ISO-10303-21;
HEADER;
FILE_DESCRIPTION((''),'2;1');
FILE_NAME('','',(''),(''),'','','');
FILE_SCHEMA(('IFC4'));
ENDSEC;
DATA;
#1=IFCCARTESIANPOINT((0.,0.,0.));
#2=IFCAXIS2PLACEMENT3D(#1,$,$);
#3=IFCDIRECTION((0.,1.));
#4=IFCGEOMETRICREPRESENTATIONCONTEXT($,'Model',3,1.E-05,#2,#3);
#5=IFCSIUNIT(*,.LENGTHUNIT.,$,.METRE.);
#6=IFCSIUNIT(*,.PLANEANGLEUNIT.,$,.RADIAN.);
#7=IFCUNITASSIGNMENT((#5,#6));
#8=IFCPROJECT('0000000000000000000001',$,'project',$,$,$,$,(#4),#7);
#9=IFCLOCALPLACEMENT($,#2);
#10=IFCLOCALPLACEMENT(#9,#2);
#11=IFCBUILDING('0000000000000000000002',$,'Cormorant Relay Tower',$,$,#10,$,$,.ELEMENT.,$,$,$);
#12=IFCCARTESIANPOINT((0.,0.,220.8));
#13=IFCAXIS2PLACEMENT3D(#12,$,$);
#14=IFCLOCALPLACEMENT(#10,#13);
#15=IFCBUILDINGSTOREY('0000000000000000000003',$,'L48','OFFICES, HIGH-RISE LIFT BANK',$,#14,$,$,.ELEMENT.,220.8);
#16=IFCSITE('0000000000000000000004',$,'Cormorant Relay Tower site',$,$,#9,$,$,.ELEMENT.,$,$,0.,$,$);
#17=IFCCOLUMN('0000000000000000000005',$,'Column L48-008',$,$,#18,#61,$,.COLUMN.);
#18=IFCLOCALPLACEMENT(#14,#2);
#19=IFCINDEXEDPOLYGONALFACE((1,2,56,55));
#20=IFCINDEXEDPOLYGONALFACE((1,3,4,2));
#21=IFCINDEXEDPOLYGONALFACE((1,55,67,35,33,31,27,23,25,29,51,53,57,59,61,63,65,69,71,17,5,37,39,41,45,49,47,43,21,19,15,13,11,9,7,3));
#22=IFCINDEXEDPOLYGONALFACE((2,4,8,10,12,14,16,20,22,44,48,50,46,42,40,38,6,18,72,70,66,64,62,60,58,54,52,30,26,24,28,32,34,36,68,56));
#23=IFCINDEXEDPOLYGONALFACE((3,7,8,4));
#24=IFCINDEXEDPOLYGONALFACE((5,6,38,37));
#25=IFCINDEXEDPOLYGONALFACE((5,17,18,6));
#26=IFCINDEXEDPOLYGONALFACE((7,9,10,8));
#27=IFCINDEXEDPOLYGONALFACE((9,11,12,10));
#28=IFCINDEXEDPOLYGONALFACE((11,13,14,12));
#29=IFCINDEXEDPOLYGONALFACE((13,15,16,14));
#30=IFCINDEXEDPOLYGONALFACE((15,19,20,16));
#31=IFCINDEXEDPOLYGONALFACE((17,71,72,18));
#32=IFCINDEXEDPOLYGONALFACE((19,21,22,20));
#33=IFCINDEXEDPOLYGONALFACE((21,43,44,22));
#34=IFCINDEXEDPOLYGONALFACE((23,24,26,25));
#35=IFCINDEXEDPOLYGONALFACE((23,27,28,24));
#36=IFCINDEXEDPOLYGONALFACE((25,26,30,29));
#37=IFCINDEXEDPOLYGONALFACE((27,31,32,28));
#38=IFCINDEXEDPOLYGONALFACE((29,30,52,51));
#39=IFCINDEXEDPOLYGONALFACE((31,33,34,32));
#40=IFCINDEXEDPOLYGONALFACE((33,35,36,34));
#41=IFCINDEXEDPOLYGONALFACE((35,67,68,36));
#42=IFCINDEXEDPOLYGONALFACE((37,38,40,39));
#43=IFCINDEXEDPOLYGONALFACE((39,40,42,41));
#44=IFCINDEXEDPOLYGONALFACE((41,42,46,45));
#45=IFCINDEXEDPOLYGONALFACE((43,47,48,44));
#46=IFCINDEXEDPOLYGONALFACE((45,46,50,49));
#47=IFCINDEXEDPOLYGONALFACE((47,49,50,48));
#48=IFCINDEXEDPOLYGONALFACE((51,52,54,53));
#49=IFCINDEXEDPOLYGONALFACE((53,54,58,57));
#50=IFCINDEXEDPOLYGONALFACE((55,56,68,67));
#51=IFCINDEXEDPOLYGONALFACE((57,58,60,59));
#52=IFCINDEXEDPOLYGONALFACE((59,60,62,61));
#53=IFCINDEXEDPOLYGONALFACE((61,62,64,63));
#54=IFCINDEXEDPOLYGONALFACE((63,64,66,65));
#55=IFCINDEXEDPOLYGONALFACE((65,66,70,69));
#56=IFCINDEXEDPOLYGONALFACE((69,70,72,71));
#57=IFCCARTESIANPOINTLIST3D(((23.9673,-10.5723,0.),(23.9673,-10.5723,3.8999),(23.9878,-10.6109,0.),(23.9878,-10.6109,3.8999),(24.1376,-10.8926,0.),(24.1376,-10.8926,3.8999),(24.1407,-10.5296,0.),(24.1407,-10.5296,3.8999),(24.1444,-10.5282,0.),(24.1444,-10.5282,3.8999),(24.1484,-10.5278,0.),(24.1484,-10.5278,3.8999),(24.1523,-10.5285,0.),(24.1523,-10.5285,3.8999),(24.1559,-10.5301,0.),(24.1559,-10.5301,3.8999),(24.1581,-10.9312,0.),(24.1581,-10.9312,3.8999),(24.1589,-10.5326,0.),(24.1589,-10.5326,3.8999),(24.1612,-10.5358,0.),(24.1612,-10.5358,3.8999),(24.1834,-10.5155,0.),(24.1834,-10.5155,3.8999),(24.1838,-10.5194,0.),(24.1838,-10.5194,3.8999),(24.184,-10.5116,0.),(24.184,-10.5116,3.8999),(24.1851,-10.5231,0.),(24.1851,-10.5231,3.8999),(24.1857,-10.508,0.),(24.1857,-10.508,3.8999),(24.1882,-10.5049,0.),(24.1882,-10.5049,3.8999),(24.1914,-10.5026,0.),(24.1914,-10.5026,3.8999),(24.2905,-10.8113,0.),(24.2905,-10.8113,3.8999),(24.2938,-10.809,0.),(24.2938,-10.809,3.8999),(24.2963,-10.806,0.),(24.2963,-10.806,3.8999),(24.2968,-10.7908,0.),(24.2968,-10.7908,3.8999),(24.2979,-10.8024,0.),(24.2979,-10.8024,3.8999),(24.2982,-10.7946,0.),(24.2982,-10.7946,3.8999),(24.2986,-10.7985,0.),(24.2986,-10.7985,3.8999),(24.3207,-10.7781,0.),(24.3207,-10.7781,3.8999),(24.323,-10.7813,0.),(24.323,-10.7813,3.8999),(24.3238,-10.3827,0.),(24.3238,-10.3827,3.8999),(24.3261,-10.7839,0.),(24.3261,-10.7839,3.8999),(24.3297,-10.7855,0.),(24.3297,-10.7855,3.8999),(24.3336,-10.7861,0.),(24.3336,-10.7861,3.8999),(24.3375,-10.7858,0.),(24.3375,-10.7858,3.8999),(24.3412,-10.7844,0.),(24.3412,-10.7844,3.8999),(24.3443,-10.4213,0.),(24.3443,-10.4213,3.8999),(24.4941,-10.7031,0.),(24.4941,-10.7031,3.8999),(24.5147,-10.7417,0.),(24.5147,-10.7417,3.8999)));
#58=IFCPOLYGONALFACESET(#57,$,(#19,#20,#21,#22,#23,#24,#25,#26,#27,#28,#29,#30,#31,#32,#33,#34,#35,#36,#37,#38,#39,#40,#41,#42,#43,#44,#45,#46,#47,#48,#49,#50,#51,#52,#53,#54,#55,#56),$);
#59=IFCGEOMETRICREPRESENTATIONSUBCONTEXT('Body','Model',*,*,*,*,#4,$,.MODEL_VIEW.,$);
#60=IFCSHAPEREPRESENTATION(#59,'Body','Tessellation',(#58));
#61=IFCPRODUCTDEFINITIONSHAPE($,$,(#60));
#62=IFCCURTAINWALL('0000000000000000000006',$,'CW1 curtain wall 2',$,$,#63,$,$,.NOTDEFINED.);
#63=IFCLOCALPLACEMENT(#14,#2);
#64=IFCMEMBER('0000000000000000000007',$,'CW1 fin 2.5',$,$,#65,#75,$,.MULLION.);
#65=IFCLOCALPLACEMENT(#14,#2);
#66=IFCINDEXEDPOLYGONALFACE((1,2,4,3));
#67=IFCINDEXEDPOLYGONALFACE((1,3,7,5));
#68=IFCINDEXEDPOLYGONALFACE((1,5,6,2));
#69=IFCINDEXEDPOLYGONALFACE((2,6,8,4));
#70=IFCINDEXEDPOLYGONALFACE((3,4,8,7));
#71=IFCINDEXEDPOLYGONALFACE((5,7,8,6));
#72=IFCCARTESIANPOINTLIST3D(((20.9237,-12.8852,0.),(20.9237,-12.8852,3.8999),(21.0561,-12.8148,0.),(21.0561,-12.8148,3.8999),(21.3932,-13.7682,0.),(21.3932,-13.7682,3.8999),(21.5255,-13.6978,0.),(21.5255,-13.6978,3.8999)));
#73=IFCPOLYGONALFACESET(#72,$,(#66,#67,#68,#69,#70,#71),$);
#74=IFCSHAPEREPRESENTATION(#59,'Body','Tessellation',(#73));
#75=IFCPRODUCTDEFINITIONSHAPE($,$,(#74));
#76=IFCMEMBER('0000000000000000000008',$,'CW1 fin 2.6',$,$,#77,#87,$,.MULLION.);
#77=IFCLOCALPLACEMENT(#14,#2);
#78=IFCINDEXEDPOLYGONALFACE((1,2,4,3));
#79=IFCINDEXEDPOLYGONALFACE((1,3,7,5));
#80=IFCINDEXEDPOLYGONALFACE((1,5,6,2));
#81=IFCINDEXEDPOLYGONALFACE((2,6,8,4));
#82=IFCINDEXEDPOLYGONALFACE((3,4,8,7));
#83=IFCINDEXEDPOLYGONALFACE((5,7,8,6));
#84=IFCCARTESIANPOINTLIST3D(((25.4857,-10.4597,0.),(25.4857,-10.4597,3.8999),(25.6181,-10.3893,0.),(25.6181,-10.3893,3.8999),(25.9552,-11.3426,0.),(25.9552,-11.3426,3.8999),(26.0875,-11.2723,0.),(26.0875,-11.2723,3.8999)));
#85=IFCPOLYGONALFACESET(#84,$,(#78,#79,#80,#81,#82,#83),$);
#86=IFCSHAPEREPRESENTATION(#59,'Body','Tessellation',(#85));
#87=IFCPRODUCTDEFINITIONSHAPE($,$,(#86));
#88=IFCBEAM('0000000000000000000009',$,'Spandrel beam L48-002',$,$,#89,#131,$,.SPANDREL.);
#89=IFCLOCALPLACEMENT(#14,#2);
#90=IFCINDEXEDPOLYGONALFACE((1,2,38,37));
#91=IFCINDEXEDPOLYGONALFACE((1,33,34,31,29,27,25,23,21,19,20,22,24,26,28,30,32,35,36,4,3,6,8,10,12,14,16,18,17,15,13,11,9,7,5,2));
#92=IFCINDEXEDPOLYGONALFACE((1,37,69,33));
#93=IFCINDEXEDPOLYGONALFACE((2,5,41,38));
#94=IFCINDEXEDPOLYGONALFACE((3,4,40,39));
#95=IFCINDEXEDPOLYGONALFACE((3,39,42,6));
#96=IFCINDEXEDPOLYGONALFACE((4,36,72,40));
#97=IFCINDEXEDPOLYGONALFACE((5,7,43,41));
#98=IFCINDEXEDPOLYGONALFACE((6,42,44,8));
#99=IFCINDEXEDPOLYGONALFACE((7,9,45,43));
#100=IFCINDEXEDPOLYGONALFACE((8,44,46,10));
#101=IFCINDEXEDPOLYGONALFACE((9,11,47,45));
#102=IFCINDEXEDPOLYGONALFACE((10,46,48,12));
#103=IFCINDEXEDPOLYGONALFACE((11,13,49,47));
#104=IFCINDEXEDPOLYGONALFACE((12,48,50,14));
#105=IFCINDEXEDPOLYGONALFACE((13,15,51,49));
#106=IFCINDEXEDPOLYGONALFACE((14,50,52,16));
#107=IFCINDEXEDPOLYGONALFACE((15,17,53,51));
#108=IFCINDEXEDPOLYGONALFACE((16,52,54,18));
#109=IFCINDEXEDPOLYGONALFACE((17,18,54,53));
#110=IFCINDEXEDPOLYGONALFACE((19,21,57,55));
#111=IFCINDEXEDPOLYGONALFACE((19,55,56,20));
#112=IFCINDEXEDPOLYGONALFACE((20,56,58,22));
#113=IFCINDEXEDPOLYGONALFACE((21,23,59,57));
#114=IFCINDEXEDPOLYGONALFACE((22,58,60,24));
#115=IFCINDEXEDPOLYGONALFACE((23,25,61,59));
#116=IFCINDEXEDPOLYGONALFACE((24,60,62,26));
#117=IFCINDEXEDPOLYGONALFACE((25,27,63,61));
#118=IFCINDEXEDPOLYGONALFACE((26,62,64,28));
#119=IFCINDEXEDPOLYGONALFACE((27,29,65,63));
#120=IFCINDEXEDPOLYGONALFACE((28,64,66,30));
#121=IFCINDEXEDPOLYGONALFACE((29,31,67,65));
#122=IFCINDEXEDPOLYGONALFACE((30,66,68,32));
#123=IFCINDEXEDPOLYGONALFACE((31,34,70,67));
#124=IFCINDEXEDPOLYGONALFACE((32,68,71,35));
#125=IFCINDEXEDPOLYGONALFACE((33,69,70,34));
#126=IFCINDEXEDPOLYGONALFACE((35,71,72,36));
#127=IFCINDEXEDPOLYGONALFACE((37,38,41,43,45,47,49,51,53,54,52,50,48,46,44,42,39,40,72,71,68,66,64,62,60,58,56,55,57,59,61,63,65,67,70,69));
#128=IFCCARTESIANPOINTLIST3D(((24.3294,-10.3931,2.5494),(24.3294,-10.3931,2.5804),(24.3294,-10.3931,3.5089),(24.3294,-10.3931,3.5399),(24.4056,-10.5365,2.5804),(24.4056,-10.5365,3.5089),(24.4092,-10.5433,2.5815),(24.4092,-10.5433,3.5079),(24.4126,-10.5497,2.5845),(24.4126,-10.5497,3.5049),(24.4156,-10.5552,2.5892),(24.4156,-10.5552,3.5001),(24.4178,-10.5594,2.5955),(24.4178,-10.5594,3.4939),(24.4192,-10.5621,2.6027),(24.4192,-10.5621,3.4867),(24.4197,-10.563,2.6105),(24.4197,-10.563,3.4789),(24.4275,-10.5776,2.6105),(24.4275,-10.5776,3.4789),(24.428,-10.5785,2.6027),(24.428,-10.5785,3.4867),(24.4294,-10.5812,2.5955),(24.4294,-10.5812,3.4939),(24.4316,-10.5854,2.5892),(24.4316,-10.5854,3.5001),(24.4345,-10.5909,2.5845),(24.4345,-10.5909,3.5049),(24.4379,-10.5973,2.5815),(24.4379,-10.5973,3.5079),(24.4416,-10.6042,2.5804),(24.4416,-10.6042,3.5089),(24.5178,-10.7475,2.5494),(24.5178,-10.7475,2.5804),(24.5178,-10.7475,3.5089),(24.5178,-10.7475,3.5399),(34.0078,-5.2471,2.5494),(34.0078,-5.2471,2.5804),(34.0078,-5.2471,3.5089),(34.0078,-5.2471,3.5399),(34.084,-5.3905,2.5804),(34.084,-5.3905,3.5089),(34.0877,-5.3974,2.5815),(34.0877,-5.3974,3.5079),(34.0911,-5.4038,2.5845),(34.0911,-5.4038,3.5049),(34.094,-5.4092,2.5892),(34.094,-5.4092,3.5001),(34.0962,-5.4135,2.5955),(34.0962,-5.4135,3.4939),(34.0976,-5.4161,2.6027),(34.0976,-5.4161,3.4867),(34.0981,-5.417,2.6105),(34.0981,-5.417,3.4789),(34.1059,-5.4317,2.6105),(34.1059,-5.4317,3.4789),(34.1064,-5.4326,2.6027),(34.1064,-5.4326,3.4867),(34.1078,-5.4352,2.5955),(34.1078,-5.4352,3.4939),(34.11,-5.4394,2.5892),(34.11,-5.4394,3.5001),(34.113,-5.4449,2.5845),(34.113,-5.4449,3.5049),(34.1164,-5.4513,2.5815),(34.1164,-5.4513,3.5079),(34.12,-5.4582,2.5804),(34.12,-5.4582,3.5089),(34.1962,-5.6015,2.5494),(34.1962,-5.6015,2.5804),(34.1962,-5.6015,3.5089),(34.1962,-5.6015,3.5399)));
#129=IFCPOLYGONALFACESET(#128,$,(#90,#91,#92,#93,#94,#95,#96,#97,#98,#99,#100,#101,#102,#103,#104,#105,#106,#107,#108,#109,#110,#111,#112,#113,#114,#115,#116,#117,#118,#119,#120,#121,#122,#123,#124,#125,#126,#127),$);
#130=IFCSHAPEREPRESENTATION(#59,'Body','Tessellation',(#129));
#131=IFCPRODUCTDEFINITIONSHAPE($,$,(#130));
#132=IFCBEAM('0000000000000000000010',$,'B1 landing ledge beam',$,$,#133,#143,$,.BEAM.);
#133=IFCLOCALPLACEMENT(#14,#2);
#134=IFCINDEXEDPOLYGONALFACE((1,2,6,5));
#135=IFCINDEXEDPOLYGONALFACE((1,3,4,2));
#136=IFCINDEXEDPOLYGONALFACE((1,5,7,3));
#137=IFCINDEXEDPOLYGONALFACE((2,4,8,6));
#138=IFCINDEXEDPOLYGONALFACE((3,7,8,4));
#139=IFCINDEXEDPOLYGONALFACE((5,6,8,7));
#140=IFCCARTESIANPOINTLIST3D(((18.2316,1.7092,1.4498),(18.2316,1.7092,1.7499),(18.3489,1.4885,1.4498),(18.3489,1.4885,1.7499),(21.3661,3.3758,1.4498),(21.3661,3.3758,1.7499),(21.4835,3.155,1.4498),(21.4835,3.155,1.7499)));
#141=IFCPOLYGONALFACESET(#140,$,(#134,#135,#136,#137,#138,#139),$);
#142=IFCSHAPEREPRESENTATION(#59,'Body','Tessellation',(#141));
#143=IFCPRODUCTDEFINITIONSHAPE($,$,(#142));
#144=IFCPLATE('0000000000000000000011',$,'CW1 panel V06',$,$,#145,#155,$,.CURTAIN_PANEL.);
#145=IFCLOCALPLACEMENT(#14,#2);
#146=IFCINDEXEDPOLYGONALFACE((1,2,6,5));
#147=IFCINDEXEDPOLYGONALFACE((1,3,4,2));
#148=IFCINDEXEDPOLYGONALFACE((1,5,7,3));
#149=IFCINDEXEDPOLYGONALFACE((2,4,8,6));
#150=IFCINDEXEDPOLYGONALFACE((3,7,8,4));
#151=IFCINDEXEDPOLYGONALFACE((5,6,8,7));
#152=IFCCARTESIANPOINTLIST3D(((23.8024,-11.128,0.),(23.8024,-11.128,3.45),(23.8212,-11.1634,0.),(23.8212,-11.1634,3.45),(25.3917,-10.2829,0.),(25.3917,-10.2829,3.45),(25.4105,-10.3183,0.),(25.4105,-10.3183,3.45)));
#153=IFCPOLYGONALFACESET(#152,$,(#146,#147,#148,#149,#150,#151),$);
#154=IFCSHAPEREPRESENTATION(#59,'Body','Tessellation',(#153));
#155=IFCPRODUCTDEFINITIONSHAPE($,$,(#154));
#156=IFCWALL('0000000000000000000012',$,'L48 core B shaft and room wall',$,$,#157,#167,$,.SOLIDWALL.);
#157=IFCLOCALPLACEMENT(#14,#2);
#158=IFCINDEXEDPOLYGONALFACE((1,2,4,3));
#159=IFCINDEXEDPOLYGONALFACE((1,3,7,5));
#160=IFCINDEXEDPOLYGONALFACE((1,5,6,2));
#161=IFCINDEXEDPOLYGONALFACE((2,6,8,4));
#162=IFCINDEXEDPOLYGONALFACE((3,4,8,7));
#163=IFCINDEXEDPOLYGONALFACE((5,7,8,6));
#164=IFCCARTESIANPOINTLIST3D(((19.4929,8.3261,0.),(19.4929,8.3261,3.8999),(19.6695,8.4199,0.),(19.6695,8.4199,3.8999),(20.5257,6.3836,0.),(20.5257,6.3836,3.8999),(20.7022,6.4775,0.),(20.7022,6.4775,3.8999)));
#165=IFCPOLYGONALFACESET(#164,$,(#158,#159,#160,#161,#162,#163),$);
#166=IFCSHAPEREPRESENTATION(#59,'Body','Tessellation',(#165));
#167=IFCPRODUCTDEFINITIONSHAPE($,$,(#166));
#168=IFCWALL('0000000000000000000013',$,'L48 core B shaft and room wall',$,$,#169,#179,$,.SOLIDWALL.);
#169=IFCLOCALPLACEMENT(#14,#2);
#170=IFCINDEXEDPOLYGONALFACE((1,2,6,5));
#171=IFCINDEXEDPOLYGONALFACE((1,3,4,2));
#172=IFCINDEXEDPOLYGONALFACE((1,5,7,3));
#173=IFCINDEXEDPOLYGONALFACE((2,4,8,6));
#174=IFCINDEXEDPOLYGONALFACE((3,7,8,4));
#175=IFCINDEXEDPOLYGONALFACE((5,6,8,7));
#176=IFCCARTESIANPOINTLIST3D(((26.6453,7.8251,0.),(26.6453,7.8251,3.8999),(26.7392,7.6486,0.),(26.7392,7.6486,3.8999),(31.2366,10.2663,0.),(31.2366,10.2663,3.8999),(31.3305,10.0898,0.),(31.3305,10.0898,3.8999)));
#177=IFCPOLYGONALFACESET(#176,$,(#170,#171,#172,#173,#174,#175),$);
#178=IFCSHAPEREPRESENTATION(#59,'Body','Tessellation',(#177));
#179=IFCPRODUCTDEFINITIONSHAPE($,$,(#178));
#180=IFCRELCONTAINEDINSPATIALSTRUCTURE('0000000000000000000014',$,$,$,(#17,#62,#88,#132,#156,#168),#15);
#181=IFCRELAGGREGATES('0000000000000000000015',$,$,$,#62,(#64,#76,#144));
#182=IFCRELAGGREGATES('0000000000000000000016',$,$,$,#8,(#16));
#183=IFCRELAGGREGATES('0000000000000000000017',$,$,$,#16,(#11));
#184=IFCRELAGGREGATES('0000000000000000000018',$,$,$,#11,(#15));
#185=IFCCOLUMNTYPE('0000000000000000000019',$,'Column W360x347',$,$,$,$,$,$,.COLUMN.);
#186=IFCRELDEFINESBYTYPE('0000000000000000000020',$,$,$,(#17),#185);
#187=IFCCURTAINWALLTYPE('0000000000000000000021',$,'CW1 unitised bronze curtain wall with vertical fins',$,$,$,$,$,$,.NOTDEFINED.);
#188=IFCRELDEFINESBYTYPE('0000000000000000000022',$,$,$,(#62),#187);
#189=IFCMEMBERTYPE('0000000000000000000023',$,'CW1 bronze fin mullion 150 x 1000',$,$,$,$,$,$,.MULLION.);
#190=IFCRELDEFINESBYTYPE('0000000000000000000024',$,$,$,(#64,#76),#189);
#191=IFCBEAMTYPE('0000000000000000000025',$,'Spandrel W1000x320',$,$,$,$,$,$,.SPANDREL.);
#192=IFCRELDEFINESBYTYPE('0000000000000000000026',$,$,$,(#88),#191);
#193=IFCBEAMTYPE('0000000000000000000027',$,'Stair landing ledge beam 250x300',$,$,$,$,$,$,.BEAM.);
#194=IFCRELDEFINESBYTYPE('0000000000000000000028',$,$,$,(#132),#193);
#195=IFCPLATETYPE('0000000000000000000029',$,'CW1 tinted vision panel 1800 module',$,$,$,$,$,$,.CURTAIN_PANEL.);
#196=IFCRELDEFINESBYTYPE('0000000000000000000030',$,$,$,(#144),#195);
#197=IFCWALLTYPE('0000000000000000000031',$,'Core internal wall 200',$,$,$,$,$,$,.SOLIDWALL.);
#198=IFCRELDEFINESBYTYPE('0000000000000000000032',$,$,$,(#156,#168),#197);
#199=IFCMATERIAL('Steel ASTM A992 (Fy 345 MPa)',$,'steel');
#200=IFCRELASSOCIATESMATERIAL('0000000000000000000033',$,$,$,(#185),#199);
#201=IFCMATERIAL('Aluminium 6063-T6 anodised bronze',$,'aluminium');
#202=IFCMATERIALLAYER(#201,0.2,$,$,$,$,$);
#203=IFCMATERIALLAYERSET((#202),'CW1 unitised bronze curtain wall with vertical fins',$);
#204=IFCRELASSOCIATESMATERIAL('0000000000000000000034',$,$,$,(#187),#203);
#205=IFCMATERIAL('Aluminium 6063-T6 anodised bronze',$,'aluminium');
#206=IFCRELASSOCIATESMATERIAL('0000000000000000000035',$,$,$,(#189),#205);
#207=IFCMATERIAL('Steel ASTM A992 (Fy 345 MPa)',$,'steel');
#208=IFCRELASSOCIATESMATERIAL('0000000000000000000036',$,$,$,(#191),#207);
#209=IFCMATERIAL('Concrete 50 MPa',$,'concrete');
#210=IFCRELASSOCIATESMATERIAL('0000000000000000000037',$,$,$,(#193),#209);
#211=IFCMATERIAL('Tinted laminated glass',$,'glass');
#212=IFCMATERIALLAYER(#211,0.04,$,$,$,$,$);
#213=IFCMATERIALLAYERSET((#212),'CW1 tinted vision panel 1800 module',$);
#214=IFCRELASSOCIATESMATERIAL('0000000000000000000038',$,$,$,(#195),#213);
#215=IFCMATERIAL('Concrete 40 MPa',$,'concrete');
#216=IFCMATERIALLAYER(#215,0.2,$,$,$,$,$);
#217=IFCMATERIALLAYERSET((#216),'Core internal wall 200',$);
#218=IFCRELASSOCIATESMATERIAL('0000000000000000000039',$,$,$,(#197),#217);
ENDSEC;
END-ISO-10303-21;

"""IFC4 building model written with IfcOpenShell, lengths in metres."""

from ifc_helpers import new_model, si_unit, direction, frame, frame_2d, origin, origin_2d, place, context, subcontext, project, spatial, rectangle, i_section, extrude, material, layer, layer_set, material_profile, profile_set, type_object, element, aggregate, save


model = new_model("IFC4")

# Units and contexts
model_context = context("Model", 3, precision=1e-05, world=origin(), true_north=direction((0.0, 1.0)))
body_context = subcontext(model_context, "Body", "Model", "MODEL_VIEW")
ifc_project = project(units=[si_unit("LENGTHUNIT", "METRE"), si_unit("PLANEANGLEUNIT", "RADIAN")], contexts=[model_context])

# Site, building, storey
site_placement = place(None, origin())
site = spatial("IfcSite", under=ifc_project, at=site_placement, Name="Cormorant Relay Tower site", CompositionType="ELEMENT", RefElevation=0.0)
building_placement = place(site_placement, origin())
building = spatial("IfcBuilding", under=site, at=building_placement, Name="Cormorant Relay Tower", CompositionType="ELEMENT")
storey_placement = place(building_placement, frame((0.0, 0.0, 220.8)))
storey = spatial("IfcBuildingStorey", under=building, at=storey_placement, Name="L48", Description="OFFICES, HIGH-RISE LIFT BANK", CompositionType="ELEMENT", Elevation=220.8)

# Column
ifc_material_1 = material(Name="Steel ASTM A992 (Fy 345 MPa)", Category="steel")
ifc_material_profile_1 = material_profile(ifc_material_1, i_section(OverallWidth=0.4038, OverallDepth=0.4065, WebThickness=0.0271, FlangeThickness=0.0437, FilletRadius=0.0151, at=origin_2d()), Name="W360x347")
ifc_profile_set_1 = profile_set([ifc_material_profile_1], Name="Steel ASTM A992 (Fy 345 MPa)")
column_type = type_object("IfcColumnType", Name="Column W360x347", PredefinedType="COLUMN", material=ifc_profile_set_1)
column_placement = place(storey_placement, frame((24.241, -10.657, 0.0), z_axis=(0.0, 0.0, 1.0), x_axis=(0.882948, 0.469472, 0.0)))
element("IfcColumn", 1, at=column_placement, inside=storey, type_object=column_type, Name="Column L48-008", PredefinedType="COLUMN", context=body_context, shape_type="SweptSolid", body=[
    extrude(i_section(OverallWidth=0.4038, OverallDepth=0.4065, WebThickness=0.0271, FlangeThickness=0.0437, FilletRadius=0.0151, at=origin_2d()), origin(), (0.0, 0.0, 1.0), 3.8999),
])

# Curtain wall, members
ifc_material_2 = material(Name="Aluminium 6063-T6 anodised bronze", Category="aluminium")
ifc_layer_1 = layer(ifc_material_2, 0.2)
ifc_layer_set_1 = layer_set([ifc_layer_1], Name="CW1 unitised bronze curtain wall with vertical fins")
curtain_wall_type = type_object("IfcCurtainWallType", Name="CW1 unitised bronze curtain wall with vertical fins", PredefinedType="NOTDEFINED", material=ifc_layer_set_1)
curtain_wall_placement = place(storey_placement, origin())
curtain_wall = element("IfcCurtainWall", 2, at=curtain_wall_placement, inside=storey, type_object=curtain_wall_type, Name="CW1 curtain wall 2", PredefinedType="NOTDEFINED")
ifc_material_3 = material(Name="Aluminium 6063-T6 anodised bronze", Category="aluminium")
ifc_material_profile_2 = material_profile(ifc_material_3, rectangle(XDim=0.1499, YDim=1.0, at=origin_2d()), Name="AL 150x1000")
ifc_profile_set_2 = profile_set([ifc_material_profile_2], Name="Aluminium 6063-T6 anodised bronze")
member_type = type_object("IfcMemberType", Name="CW1 bronze fin mullion 150 x 1000", PredefinedType="MULLION", material=ifc_profile_set_2)
member_1_placement = place(storey_placement, frame((21.2246, -13.2915, 0.0), z_axis=(0.0, 0.0, 1.0), x_axis=(0.882948, 0.469472, 0.0)))
member_1 = element("IfcMember", 3, at=member_1_placement, type_object=member_type, Name="CW1 fin 2.5", PredefinedType="MULLION", context=body_context, shape_type="SweptSolid", body=[
    extrude(rectangle(XDim=0.1499, YDim=1.0, at=origin_2d()), origin(), (0.0, 0.0, 1.0), 3.8999),
])
member_2_placement = place(storey_placement, frame((25.7866, -10.866, 0.0), z_axis=(0.0, 0.0, 1.0), x_axis=(0.882948, 0.469472, 0.0)))
member_2 = element("IfcMember", 4, at=member_2_placement, type_object=member_type, Name="CW1 fin 2.6", PredefinedType="MULLION", context=body_context, shape_type="SweptSolid", body=[
    extrude(rectangle(XDim=0.1499, YDim=1.0, at=origin_2d()), origin(), (0.0, 0.0, 1.0), 3.8999),
])

# Beams
ifc_material_4 = material(Name="Steel ASTM A992 (Fy 345 MPa)", Category="steel")
ifc_material_profile_3 = material_profile(ifc_material_4, i_section(OverallWidth=0.4014, OverallDepth=0.9905, WebThickness=0.0166, FlangeThickness=0.031, FilletRadius=0.03, at=origin_2d()), Name="W1000x320")
ifc_profile_set_3 = profile_set([ifc_material_profile_3], Name="Steel ASTM A992 (Fy 345 MPa)")
beam_type_1 = type_object("IfcBeamType", Name="Spandrel W1000x320", PredefinedType="SPANDREL", material=ifc_profile_set_3)
beam_1_placement = place(storey_placement, frame((24.4236, -10.5703, 3.0447), z_axis=(0.882953, 0.469462, 0.0), x_axis=(-0.469462, 0.882953, 0.0)))
element("IfcBeam", 5, at=beam_1_placement, inside=storey, type_object=beam_type_1, Name="Spandrel beam L48-002", PredefinedType="SPANDREL", context=body_context, shape_type="SweptSolid", body=[
    extrude(i_section(OverallWidth=0.4014, OverallDepth=0.9905, WebThickness=0.0166, FlangeThickness=0.031, FilletRadius=0.03, at=origin_2d()), origin(), (0.0, 0.0, 1.0), 10.9614),
])
ifc_material_5 = material(Name="Concrete 50 MPa", Category="concrete")
ifc_material_profile_4 = material_profile(ifc_material_5, rectangle(XDim=0.25, YDim=0.3, at=origin_2d()), Name="RC 250x300")
ifc_profile_set_4 = profile_set([ifc_material_profile_4], Name="Concrete 50 MPa")
beam_type_2 = type_object("IfcBeamType", Name="Stair landing ledge beam 250x300", PredefinedType="BEAM", material=ifc_profile_set_4)
beam_2_placement = place(storey_placement, frame((21.4248, 3.2654, 1.5999), z_axis=(-0.882965, -0.469438, 0.0), x_axis=(0.469438, -0.882965, 0.0)))
element("IfcBeam", 6, at=beam_2_placement, inside=storey, type_object=beam_type_2, Name="B1 landing ledge beam", PredefinedType="BEAM", context=body_context, shape_type="SweptSolid", body=[
    extrude(rectangle(XDim=0.25, YDim=0.3, at=origin_2d()), origin(), (0.0, 0.0, 1.0), 3.55),
])

# Plate
ifc_material_6 = material(Name="Tinted laminated glass", Category="glass")
ifc_layer_2 = layer(ifc_material_6, 0.04)
ifc_layer_set_2 = layer_set([ifc_layer_2], Name="CW1 tinted vision panel 1800 module")
plate_type = type_object("IfcPlateType", Name="CW1 tinted vision panel 1800 module", PredefinedType="CURTAIN_PANEL", material=ifc_layer_set_2)
plate_placement = place(storey_placement, frame((24.6064, -10.7231, 0.0), z_axis=(0.0, 0.0, 1.0), x_axis=(0.882948, 0.469472, 0.0)))
plate = element("IfcPlate", 7, at=plate_placement, type_object=plate_type, Name="CW1 panel V06", PredefinedType="CURTAIN_PANEL", context=body_context, shape_type="SweptSolid", body=[
    extrude(rectangle(XDim=1.8, YDim=0.04, at=origin_2d()), origin(), (0.0, 0.0, 1.0), 3.45),
])

# Walls
ifc_material_7 = material(Name="Concrete 40 MPa", Category="concrete")
ifc_layer_3 = layer(ifc_material_7, 0.2)
ifc_layer_set_3 = layer_set([ifc_layer_3], Name="Core internal wall 200")
wall_type_1 = type_object("IfcWallType", Name="Core internal wall 200", PredefinedType="SOLIDWALL", material=ifc_layer_set_3)
wall_1_placement = place(storey_placement, frame((20.614, 6.4304, 0.0), z_axis=(0.0, 0.0, 1.0), x_axis=(-0.469447, 0.88296, 0.0)))
element("IfcWall", 8, at=wall_1_placement, inside=storey, type_object=wall_type_1, Name="L48 core B shaft and room wall", PredefinedType="SOLIDWALL", context=body_context, shape_type="SweptSolid", body=[
    extrude(rectangle(XDim=2.2, YDim=0.2, at=frame_2d((1.1001, 0.0))), origin(), (0.0, 0.0, 1.0), 3.8999),
])
wall_2_placement = place(storey_placement, frame((26.6921, 7.7368, 0.0), z_axis=(0.0, 0.0, 1.0), x_axis=(0.882954, 0.46946, 0.0)))
element("IfcWall", 9, at=wall_2_placement, inside=storey, type_object=wall_type_1, Name="L48 core B shaft and room wall", PredefinedType="SOLIDWALL", context=body_context, shape_type="SweptSolid", body=[
    extrude(rectangle(XDim=5.2, YDim=0.2, at=frame_2d((2.6001, 0.0))), origin(), (0.0, 0.0, 1.0), 3.8999),
])

aggregate(curtain_wall, [member_1, member_2, plate])

save(model, "model.ifc")
